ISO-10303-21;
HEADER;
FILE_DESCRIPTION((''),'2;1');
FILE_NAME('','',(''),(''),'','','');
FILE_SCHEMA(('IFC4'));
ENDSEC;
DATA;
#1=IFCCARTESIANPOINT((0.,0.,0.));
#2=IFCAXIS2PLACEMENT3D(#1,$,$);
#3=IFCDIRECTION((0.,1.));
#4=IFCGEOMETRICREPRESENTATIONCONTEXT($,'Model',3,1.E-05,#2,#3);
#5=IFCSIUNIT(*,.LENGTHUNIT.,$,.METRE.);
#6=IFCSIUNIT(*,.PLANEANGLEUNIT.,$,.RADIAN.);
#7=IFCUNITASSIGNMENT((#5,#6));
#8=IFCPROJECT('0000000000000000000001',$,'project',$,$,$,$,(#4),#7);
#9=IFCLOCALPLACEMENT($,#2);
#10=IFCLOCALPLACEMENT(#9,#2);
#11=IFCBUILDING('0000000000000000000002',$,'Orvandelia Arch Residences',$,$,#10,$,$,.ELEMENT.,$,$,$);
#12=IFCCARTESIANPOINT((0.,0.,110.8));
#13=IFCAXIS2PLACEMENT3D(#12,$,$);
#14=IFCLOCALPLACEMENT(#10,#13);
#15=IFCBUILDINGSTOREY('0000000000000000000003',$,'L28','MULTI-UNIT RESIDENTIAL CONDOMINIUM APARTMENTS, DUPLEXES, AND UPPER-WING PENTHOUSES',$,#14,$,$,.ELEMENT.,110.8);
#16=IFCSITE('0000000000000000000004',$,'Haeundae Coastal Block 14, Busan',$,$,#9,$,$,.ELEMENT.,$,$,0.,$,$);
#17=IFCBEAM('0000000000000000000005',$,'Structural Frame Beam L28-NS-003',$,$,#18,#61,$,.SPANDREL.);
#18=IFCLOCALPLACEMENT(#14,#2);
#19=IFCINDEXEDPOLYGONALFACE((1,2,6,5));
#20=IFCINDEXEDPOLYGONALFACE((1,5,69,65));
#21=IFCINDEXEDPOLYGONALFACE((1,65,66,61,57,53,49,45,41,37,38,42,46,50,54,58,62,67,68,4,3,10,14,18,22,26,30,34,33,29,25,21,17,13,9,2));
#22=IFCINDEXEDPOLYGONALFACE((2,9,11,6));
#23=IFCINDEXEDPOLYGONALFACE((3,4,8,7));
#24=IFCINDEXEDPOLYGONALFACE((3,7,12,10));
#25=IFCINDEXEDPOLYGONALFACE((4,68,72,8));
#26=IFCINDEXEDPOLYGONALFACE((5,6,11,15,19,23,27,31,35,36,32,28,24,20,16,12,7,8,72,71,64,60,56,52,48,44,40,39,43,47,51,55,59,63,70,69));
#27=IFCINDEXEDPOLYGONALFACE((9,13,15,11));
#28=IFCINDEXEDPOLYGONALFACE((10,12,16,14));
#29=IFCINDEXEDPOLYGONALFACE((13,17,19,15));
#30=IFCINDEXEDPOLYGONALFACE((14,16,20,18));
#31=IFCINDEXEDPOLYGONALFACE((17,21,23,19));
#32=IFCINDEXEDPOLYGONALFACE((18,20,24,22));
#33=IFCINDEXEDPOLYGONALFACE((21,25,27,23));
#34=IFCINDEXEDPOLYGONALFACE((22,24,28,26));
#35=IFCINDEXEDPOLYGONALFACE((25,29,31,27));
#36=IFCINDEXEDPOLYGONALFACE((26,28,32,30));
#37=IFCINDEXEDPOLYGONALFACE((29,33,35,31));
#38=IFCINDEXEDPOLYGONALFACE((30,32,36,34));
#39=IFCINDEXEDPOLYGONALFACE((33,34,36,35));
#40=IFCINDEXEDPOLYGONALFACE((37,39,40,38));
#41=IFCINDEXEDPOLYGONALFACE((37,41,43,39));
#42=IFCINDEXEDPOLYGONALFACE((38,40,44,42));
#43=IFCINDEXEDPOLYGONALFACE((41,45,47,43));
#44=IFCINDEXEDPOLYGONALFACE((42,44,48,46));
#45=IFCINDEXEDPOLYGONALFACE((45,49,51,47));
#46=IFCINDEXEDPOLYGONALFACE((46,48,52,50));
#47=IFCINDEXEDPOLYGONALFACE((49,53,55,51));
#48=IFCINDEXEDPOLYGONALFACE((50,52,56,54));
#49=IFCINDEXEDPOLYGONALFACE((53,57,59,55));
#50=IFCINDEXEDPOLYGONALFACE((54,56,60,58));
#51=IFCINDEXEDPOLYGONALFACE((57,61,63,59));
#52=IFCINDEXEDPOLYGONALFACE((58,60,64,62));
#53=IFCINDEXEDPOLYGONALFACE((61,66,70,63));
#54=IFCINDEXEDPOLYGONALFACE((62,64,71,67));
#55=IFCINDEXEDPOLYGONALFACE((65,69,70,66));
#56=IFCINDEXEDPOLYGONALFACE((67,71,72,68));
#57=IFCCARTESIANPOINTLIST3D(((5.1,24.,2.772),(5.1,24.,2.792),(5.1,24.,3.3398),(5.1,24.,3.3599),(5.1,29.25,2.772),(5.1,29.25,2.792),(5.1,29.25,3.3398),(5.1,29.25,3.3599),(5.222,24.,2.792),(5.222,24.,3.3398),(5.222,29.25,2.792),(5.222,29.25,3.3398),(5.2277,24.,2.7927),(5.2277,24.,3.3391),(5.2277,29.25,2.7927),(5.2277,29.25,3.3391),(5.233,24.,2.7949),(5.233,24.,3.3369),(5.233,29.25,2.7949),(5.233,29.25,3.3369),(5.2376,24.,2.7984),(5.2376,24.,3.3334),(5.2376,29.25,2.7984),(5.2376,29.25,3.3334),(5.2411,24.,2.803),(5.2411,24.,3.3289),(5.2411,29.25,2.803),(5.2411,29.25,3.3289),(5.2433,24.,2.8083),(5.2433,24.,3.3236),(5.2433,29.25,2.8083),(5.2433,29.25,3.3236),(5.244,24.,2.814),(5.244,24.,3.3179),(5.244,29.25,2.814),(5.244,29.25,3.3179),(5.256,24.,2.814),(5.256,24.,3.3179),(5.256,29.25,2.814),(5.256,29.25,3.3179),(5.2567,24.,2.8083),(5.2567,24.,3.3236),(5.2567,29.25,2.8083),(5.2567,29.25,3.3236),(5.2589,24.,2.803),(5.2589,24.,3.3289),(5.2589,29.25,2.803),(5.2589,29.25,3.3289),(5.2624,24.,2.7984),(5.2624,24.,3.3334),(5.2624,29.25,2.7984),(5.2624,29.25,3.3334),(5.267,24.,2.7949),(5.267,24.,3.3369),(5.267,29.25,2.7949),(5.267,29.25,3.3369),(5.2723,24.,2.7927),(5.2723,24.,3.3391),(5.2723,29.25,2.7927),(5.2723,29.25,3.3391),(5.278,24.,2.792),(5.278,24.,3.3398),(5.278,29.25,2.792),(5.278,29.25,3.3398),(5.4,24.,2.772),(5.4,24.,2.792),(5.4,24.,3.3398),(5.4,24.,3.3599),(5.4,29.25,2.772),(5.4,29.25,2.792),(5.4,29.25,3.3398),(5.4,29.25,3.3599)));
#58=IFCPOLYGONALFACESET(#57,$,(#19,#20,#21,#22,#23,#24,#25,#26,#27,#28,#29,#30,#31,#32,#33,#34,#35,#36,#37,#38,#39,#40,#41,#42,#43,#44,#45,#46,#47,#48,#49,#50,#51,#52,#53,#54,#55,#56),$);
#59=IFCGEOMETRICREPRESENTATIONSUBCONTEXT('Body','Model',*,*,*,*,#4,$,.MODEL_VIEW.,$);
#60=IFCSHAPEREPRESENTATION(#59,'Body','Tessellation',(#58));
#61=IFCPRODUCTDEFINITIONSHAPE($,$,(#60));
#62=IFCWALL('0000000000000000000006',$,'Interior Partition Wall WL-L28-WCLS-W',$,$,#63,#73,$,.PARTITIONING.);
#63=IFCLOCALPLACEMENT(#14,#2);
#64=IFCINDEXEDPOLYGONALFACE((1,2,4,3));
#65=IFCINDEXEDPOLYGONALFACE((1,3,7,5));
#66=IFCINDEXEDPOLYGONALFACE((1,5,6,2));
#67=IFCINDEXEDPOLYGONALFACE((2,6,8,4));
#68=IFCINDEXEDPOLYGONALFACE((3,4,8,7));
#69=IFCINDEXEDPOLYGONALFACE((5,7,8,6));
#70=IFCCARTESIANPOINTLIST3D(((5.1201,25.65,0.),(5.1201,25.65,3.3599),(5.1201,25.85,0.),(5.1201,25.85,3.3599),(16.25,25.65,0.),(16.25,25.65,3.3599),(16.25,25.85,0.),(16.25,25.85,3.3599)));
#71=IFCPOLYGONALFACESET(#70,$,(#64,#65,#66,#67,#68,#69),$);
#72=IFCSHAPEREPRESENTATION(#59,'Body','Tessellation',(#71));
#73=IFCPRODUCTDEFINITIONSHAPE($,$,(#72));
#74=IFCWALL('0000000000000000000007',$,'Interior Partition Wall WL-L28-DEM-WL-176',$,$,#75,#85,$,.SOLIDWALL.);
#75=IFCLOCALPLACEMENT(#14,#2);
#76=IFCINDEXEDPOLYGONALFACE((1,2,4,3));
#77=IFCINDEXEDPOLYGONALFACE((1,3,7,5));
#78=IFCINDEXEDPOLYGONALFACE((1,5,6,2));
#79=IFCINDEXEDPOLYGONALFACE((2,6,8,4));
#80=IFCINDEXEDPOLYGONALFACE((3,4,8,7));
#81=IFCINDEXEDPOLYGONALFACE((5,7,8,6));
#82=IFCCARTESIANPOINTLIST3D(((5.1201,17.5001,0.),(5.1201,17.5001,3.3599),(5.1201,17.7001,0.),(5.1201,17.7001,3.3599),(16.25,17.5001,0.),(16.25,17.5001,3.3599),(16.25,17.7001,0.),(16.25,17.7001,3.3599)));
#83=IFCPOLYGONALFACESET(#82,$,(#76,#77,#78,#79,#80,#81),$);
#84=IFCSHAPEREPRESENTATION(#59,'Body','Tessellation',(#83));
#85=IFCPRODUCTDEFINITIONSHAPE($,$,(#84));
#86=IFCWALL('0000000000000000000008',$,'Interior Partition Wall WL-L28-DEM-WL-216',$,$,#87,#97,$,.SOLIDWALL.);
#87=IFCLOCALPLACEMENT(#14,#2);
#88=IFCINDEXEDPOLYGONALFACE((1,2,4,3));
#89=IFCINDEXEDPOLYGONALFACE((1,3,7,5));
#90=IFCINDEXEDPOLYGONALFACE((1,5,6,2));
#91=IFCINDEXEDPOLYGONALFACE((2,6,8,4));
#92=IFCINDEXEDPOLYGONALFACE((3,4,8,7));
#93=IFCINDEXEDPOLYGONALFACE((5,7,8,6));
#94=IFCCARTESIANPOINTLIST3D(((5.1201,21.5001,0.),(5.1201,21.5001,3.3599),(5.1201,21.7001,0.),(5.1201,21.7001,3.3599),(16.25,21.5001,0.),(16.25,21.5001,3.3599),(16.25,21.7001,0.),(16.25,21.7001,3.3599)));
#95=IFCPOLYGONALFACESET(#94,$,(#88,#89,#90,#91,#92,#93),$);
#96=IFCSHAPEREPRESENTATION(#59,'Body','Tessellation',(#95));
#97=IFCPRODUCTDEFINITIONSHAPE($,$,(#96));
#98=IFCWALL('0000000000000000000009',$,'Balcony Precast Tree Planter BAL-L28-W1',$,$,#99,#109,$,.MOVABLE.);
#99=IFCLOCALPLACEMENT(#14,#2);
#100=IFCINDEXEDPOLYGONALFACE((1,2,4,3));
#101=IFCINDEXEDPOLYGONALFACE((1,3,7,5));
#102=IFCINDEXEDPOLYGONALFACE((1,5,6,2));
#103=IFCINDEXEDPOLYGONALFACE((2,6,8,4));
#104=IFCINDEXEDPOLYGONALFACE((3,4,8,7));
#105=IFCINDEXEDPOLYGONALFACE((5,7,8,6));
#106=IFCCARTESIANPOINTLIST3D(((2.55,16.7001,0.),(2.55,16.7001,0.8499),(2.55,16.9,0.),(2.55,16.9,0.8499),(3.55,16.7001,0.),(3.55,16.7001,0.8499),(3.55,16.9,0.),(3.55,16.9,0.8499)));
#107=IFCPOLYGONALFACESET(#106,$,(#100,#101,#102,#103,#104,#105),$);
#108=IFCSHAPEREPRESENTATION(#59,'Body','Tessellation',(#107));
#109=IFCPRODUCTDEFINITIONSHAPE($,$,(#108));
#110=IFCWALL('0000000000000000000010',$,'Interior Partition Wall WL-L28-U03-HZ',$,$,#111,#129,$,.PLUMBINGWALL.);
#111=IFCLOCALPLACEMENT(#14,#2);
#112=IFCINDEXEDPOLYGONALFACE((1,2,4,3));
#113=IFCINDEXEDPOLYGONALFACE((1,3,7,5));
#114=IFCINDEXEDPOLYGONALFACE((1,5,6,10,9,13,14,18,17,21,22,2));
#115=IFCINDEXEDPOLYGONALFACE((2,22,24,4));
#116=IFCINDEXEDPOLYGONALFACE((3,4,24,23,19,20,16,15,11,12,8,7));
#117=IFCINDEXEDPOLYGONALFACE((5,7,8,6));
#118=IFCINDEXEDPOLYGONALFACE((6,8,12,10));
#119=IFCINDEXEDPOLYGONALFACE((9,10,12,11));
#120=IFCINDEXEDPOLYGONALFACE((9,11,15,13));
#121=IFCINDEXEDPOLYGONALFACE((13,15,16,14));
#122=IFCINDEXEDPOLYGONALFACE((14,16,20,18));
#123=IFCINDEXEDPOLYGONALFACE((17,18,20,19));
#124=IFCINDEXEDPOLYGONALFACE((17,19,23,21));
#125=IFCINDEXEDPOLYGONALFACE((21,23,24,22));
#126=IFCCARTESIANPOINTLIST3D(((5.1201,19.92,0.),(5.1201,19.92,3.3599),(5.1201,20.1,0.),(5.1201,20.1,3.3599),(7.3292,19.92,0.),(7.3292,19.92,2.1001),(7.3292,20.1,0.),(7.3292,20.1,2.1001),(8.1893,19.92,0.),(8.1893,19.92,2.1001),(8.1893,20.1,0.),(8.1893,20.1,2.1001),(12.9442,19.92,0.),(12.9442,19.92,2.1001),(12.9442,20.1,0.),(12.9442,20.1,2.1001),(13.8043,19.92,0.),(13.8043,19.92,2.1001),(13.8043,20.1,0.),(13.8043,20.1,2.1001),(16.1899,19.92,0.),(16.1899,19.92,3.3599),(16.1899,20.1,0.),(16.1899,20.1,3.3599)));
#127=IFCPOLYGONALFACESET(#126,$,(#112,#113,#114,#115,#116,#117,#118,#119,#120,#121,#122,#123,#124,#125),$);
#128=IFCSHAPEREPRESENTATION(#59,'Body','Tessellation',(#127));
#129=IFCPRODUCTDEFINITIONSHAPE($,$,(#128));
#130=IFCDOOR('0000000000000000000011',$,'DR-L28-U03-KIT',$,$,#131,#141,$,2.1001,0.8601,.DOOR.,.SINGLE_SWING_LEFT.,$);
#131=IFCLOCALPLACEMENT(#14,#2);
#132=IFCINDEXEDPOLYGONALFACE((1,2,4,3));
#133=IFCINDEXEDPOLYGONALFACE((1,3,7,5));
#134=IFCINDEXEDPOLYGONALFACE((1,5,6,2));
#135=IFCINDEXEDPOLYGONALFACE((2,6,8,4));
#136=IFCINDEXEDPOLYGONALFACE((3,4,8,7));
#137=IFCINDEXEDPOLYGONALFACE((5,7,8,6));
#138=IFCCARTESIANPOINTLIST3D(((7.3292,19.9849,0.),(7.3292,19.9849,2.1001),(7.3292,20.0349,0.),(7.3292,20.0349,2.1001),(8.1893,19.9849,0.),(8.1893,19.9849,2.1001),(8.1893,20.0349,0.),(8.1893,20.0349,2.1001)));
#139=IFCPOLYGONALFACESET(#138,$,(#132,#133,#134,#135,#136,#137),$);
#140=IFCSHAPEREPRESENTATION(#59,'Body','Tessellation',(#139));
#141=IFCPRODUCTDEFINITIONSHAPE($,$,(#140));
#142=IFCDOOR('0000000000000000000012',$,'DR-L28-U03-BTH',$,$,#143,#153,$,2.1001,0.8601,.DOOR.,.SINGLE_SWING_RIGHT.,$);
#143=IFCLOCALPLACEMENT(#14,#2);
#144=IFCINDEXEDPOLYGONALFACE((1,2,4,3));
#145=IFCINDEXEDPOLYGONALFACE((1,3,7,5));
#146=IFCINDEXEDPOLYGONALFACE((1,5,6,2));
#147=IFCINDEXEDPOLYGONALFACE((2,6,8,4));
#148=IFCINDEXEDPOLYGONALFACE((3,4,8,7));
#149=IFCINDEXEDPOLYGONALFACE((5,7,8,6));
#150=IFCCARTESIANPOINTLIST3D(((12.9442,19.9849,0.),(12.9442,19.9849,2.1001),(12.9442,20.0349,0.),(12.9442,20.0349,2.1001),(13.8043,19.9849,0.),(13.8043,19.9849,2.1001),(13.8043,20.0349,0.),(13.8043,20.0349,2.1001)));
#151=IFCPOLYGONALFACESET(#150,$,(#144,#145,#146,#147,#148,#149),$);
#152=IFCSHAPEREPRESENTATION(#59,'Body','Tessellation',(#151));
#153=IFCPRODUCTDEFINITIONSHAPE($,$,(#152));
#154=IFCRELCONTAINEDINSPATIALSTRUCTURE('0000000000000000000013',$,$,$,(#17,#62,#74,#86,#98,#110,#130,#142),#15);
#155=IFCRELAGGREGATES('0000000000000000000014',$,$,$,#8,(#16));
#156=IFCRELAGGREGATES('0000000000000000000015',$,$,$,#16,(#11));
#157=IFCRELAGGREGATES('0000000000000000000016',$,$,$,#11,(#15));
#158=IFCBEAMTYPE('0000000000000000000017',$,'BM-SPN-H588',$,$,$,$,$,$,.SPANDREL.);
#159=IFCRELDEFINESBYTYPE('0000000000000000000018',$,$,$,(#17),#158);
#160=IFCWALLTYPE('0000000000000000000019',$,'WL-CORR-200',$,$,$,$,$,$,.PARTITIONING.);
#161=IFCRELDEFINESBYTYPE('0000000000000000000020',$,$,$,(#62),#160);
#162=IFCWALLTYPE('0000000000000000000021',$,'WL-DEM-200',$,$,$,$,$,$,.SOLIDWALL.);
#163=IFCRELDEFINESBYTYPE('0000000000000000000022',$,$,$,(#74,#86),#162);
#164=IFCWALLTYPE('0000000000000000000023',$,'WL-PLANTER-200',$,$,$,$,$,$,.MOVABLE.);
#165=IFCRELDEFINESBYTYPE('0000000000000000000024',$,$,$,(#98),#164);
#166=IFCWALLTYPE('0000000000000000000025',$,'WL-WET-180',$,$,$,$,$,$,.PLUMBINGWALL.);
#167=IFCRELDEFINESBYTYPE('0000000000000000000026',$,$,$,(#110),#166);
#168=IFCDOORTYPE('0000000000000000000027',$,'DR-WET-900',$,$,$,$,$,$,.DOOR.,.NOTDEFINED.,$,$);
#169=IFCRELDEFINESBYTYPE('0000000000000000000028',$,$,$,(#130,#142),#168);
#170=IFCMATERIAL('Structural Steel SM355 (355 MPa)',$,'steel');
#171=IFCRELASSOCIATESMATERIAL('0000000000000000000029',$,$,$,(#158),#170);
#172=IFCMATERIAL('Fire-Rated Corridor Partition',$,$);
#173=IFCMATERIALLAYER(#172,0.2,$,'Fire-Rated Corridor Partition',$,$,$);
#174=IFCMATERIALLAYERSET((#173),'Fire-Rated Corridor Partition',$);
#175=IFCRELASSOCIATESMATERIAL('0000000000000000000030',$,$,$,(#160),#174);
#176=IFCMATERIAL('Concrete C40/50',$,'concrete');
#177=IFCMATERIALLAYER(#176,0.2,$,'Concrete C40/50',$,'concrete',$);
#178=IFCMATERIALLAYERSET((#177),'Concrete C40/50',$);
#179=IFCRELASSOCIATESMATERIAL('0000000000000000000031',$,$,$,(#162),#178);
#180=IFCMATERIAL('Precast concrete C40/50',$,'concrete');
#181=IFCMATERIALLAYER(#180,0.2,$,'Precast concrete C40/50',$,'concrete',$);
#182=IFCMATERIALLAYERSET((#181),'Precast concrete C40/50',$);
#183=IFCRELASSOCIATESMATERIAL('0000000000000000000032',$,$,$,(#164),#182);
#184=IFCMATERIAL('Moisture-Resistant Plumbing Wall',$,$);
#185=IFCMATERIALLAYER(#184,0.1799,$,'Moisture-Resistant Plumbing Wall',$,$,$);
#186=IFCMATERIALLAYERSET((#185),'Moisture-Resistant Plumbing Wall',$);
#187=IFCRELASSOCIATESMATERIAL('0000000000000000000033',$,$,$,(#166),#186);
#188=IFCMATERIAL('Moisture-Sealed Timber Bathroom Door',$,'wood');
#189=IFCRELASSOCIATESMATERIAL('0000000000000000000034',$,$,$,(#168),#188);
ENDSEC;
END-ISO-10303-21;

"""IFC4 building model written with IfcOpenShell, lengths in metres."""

from ifc_helpers import new_model, si_unit, direction, frame, frame_2d, origin, origin_2d, place, context, subcontext, project, spatial, rectangle, i_section, extrude, material, layer, layer_set, material_profile, profile_set, type_object, element, fill, save


model = new_model("IFC4")

# Units and contexts
model_context = context("Model", 3, precision=1e-05, world=origin(), true_north=direction((0.0, 1.0)))
body_context = subcontext(model_context, "Body", "Model", "MODEL_VIEW")
ifc_project = project(units=[si_unit("LENGTHUNIT", "METRE"), si_unit("PLANEANGLEUNIT", "RADIAN")], contexts=[model_context])

# Site, building, storey
site_placement = place(None, origin())
site = spatial("IfcSite", under=ifc_project, at=site_placement, Name="Haeundae Coastal Block 14, Busan", CompositionType="ELEMENT", RefElevation=0.0)
building_placement = place(site_placement, origin())
building = spatial("IfcBuilding", under=site, at=building_placement, Name="Orvandelia Arch Residences", CompositionType="ELEMENT")
storey_placement = place(building_placement, frame((0.0, 0.0, 110.8)))
storey = spatial("IfcBuildingStorey", under=building, at=storey_placement, Name="L28", Description="MULTI-UNIT RESIDENTIAL CONDOMINIUM APARTMENTS, DUPLEXES, AND UPPER-WING PENTHOUSES", CompositionType="ELEMENT", Elevation=110.8)

# Beam
ifc_material_1 = material(Name="Structural Steel SM355 (355 MPa)", Category="steel")
ifc_material_profile_1 = material_profile(ifc_material_1, i_section(OverallWidth=0.3, OverallDepth=0.5879, WebThickness=0.012, FlangeThickness=0.02, FilletRadius=0.022, at=origin_2d()), Name="Structural Steel SM355 (355 MPa)", Category="steel")
ifc_profile_set_1 = profile_set([ifc_material_profile_1], Name="Structural Steel SM355 (355 MPa)")
beam_type_1 = type_object("IfcBeamType", Name="BM-SPN-H588", PredefinedType="SPANDREL", material=ifc_profile_set_1)
beam_1_placement = place(storey_placement, frame((5.25, 24.0, 3.0659), z_axis=(0.0, 1.0, 0.0), x_axis=(-1.0, 0.0, 0.0)))
element("IfcBeam", 1, at=beam_1_placement, inside=storey, type_object=beam_type_1, Name="Structural Frame Beam L28-NS-003", PredefinedType="SPANDREL", context=body_context, shape_type="SweptSolid", body=[
    extrude(i_section(OverallWidth=0.3, OverallDepth=0.5879, WebThickness=0.012, FlangeThickness=0.02, FilletRadius=0.022, at=origin_2d()), origin(), (0.0, 0.0, 1.0), 5.25),
])

# Walls
ifc_material_2 = material(Name="Fire-Rated Corridor Partition")
ifc_layer_1 = layer(ifc_material_2, 0.2, Name="Fire-Rated Corridor Partition")
ifc_layer_set_1 = layer_set([ifc_layer_1], Name="Fire-Rated Corridor Partition")
wall_type_1 = type_object("IfcWallType", Name="WL-CORR-200", PredefinedType="PARTITIONING", material=ifc_layer_set_1)
wall_1_placement = place(storey_placement, frame((5.1201, 25.75, 0.0), z_axis=(0.0, 0.0, 1.0), x_axis=(1.0, 0.0, 0.0)))
element("IfcWall", 2, at=wall_1_placement, inside=storey, type_object=wall_type_1, Name="Interior Partition Wall WL-L28-WCLS-W", PredefinedType="PARTITIONING", context=body_context, shape_type="SweptSolid", body=[
    extrude(rectangle(XDim=11.1299, YDim=0.2, at=frame_2d((5.5649, 0.0))), origin(), (0.0, 0.0, 1.0), 3.3599),
])
ifc_material_3 = material(Name="Concrete C40/50", Category="concrete")
ifc_layer_2 = layer(ifc_material_3, 0.2, Name="Concrete C40/50", Category="concrete")
ifc_layer_set_2 = layer_set([ifc_layer_2], Name="Concrete C40/50")
wall_type_2 = type_object("IfcWallType", Name="WL-DEM-200", PredefinedType="SOLIDWALL", material=ifc_layer_set_2)
for number, where, z_axis, x_axis, name in (
    (3, (5.1201, 17.6001, 0.0), (0.0, 0.0, 1.0), (1.0, 0.0, 0.0), "Interior Partition Wall WL-L28-DEM-WL-176"),
    (4, (5.1201, 21.6001, 0.0), (0.0, 0.0, 1.0), (1.0, 0.0, 0.0), "Interior Partition Wall WL-L28-DEM-WL-216"),
):
    element("IfcWall", number, at=place(storey_placement, frame(where, z_axis=z_axis, x_axis=x_axis)), inside=storey, type_object=wall_type_2, Name=name, PredefinedType="SOLIDWALL", context=body_context, shape_type="SweptSolid", body=[
        extrude(rectangle(XDim=11.1299, YDim=0.2, at=frame_2d((5.5649, 0.0))), origin(), (0.0, 0.0, 1.0), 3.3599),
    ])
ifc_material_4 = material(Name="Precast concrete C40/50", Category="concrete")
ifc_layer_3 = layer(ifc_material_4, 0.2, Name="Precast concrete C40/50", Category="concrete")
ifc_layer_set_3 = layer_set([ifc_layer_3], Name="Precast concrete C40/50")
wall_type_3 = type_object("IfcWallType", Name="WL-PLANTER-200", PredefinedType="MOVABLE", material=ifc_layer_set_3)
wall_2_placement = place(storey_placement, frame((2.55, 16.8, 0.0), z_axis=(0.0, 0.0, 1.0), x_axis=(1.0, 0.0, 0.0)))
element("IfcWall", 5, at=wall_2_placement, inside=storey, type_object=wall_type_3, Name="Balcony Precast Tree Planter BAL-L28-W1", PredefinedType="MOVABLE", context=body_context, shape_type="SweptSolid", body=[
    extrude(rectangle(XDim=1.0, YDim=0.2, at=frame_2d((0.5, 0.0))), origin(), (0.0, 0.0, 1.0), 0.8499),
])

# Wall, openings, doors
ifc_material_5 = material(Name="Moisture-Resistant Plumbing Wall")
ifc_layer_4 = layer(ifc_material_5, 0.1799, Name="Moisture-Resistant Plumbing Wall")
ifc_layer_set_4 = layer_set([ifc_layer_4], Name="Moisture-Resistant Plumbing Wall")
wall_type_4 = type_object("IfcWallType", Name="WL-WET-180", PredefinedType="PLUMBINGWALL", material=ifc_layer_set_4)
wall_3_placement = place(storey_placement, frame((5.1201, 20.01, 0.0), z_axis=(0.0, 0.0, 1.0), x_axis=(1.0, 0.0, 0.0)))
wall_3 = element("IfcWall", 6, at=wall_3_placement, inside=storey, type_object=wall_type_4, Name="Interior Partition Wall WL-L28-U03-HZ", PredefinedType="PLUMBINGWALL", context=body_context, shape_type="SweptSolid", body=[
    extrude(rectangle(XDim=11.0698, YDim=0.1799, at=frame_2d((5.5349, 0.0))), origin(), (0.0, 0.0, 1.0), 3.3599),
])
opening_1_placement = place(wall_3_placement, frame((2.209, 0.0, 0.0)))
opening_1 = element("IfcOpeningElement", 7, at=opening_1_placement, cuts=wall_3, PredefinedType="OPENING", context=body_context, shape_type="SweptSolid", body=[
    extrude(rectangle(XDim=0.8601, YDim=2.1001, at=frame_2d((0.4302, 1.05))), frame((0.0, 0.1001, 0.0), z_axis=(0.0, -1.0, 0.0), x_axis=(1.0, 0.0, 0.0)), (0.0, 0.0, 1.0), 0.2),
])
opening_2_placement = place(wall_3_placement, frame((7.824, 0.0, 0.0)))
opening_2 = element("IfcOpeningElement", 8, at=opening_2_placement, cuts=wall_3, PredefinedType="OPENING", context=body_context, shape_type="SweptSolid", body=[
    extrude(rectangle(XDim=0.8601, YDim=2.1001, at=frame_2d((0.4302, 1.05))), frame((0.0, 0.1001, 0.0), z_axis=(0.0, -1.0, 0.0), x_axis=(1.0, 0.0, 0.0)), (0.0, 0.0, 1.0), 0.2),
])
ifc_material_6 = material(Name="Moisture-Sealed Timber Bathroom Door", Category="wood")
door_type = type_object("IfcDoorType", Name="DR-WET-900", OperationType="NOTDEFINED", PredefinedType="DOOR", material=ifc_material_6)
door_1_placement = place(opening_1_placement, origin())
door_1 = element("IfcDoor", 9, at=door_1_placement, inside=storey, type_object=door_type, Name="DR-L28-U03-KIT", OperationType="SINGLE_SWING_LEFT", OverallHeight=2.1001, OverallWidth=0.8601, PredefinedType="DOOR", context=body_context, shape_type="SweptSolid", body=[
    extrude(rectangle(XDim=0.8601, YDim=2.1001, at=frame_2d((0.4302, 1.05))), frame((0.0, 0.0249, 0.0), z_axis=(0.0, -1.0, 0.0), x_axis=(1.0, 0.0, 0.0)), (0.0, 0.0, 1.0), 0.05),
])
fill(opening_1, door_1)
door_2_placement = place(opening_2_placement, origin())
door_2 = element("IfcDoor", 10, at=door_2_placement, inside=storey, type_object=door_type, Name="DR-L28-U03-BTH", OperationType="SINGLE_SWING_RIGHT", OverallHeight=2.1001, OverallWidth=0.8601, PredefinedType="DOOR", context=body_context, shape_type="SweptSolid", body=[
    extrude(rectangle(XDim=0.8601, YDim=2.1001, at=frame_2d((0.4302, 1.05))), frame((0.0, 0.0249, 0.0), z_axis=(0.0, -1.0, 0.0), x_axis=(1.0, 0.0, 0.0)), (0.0, 0.0, 1.0), 0.05),
])
fill(opening_2, door_2)

save(model, "model.ifc")
